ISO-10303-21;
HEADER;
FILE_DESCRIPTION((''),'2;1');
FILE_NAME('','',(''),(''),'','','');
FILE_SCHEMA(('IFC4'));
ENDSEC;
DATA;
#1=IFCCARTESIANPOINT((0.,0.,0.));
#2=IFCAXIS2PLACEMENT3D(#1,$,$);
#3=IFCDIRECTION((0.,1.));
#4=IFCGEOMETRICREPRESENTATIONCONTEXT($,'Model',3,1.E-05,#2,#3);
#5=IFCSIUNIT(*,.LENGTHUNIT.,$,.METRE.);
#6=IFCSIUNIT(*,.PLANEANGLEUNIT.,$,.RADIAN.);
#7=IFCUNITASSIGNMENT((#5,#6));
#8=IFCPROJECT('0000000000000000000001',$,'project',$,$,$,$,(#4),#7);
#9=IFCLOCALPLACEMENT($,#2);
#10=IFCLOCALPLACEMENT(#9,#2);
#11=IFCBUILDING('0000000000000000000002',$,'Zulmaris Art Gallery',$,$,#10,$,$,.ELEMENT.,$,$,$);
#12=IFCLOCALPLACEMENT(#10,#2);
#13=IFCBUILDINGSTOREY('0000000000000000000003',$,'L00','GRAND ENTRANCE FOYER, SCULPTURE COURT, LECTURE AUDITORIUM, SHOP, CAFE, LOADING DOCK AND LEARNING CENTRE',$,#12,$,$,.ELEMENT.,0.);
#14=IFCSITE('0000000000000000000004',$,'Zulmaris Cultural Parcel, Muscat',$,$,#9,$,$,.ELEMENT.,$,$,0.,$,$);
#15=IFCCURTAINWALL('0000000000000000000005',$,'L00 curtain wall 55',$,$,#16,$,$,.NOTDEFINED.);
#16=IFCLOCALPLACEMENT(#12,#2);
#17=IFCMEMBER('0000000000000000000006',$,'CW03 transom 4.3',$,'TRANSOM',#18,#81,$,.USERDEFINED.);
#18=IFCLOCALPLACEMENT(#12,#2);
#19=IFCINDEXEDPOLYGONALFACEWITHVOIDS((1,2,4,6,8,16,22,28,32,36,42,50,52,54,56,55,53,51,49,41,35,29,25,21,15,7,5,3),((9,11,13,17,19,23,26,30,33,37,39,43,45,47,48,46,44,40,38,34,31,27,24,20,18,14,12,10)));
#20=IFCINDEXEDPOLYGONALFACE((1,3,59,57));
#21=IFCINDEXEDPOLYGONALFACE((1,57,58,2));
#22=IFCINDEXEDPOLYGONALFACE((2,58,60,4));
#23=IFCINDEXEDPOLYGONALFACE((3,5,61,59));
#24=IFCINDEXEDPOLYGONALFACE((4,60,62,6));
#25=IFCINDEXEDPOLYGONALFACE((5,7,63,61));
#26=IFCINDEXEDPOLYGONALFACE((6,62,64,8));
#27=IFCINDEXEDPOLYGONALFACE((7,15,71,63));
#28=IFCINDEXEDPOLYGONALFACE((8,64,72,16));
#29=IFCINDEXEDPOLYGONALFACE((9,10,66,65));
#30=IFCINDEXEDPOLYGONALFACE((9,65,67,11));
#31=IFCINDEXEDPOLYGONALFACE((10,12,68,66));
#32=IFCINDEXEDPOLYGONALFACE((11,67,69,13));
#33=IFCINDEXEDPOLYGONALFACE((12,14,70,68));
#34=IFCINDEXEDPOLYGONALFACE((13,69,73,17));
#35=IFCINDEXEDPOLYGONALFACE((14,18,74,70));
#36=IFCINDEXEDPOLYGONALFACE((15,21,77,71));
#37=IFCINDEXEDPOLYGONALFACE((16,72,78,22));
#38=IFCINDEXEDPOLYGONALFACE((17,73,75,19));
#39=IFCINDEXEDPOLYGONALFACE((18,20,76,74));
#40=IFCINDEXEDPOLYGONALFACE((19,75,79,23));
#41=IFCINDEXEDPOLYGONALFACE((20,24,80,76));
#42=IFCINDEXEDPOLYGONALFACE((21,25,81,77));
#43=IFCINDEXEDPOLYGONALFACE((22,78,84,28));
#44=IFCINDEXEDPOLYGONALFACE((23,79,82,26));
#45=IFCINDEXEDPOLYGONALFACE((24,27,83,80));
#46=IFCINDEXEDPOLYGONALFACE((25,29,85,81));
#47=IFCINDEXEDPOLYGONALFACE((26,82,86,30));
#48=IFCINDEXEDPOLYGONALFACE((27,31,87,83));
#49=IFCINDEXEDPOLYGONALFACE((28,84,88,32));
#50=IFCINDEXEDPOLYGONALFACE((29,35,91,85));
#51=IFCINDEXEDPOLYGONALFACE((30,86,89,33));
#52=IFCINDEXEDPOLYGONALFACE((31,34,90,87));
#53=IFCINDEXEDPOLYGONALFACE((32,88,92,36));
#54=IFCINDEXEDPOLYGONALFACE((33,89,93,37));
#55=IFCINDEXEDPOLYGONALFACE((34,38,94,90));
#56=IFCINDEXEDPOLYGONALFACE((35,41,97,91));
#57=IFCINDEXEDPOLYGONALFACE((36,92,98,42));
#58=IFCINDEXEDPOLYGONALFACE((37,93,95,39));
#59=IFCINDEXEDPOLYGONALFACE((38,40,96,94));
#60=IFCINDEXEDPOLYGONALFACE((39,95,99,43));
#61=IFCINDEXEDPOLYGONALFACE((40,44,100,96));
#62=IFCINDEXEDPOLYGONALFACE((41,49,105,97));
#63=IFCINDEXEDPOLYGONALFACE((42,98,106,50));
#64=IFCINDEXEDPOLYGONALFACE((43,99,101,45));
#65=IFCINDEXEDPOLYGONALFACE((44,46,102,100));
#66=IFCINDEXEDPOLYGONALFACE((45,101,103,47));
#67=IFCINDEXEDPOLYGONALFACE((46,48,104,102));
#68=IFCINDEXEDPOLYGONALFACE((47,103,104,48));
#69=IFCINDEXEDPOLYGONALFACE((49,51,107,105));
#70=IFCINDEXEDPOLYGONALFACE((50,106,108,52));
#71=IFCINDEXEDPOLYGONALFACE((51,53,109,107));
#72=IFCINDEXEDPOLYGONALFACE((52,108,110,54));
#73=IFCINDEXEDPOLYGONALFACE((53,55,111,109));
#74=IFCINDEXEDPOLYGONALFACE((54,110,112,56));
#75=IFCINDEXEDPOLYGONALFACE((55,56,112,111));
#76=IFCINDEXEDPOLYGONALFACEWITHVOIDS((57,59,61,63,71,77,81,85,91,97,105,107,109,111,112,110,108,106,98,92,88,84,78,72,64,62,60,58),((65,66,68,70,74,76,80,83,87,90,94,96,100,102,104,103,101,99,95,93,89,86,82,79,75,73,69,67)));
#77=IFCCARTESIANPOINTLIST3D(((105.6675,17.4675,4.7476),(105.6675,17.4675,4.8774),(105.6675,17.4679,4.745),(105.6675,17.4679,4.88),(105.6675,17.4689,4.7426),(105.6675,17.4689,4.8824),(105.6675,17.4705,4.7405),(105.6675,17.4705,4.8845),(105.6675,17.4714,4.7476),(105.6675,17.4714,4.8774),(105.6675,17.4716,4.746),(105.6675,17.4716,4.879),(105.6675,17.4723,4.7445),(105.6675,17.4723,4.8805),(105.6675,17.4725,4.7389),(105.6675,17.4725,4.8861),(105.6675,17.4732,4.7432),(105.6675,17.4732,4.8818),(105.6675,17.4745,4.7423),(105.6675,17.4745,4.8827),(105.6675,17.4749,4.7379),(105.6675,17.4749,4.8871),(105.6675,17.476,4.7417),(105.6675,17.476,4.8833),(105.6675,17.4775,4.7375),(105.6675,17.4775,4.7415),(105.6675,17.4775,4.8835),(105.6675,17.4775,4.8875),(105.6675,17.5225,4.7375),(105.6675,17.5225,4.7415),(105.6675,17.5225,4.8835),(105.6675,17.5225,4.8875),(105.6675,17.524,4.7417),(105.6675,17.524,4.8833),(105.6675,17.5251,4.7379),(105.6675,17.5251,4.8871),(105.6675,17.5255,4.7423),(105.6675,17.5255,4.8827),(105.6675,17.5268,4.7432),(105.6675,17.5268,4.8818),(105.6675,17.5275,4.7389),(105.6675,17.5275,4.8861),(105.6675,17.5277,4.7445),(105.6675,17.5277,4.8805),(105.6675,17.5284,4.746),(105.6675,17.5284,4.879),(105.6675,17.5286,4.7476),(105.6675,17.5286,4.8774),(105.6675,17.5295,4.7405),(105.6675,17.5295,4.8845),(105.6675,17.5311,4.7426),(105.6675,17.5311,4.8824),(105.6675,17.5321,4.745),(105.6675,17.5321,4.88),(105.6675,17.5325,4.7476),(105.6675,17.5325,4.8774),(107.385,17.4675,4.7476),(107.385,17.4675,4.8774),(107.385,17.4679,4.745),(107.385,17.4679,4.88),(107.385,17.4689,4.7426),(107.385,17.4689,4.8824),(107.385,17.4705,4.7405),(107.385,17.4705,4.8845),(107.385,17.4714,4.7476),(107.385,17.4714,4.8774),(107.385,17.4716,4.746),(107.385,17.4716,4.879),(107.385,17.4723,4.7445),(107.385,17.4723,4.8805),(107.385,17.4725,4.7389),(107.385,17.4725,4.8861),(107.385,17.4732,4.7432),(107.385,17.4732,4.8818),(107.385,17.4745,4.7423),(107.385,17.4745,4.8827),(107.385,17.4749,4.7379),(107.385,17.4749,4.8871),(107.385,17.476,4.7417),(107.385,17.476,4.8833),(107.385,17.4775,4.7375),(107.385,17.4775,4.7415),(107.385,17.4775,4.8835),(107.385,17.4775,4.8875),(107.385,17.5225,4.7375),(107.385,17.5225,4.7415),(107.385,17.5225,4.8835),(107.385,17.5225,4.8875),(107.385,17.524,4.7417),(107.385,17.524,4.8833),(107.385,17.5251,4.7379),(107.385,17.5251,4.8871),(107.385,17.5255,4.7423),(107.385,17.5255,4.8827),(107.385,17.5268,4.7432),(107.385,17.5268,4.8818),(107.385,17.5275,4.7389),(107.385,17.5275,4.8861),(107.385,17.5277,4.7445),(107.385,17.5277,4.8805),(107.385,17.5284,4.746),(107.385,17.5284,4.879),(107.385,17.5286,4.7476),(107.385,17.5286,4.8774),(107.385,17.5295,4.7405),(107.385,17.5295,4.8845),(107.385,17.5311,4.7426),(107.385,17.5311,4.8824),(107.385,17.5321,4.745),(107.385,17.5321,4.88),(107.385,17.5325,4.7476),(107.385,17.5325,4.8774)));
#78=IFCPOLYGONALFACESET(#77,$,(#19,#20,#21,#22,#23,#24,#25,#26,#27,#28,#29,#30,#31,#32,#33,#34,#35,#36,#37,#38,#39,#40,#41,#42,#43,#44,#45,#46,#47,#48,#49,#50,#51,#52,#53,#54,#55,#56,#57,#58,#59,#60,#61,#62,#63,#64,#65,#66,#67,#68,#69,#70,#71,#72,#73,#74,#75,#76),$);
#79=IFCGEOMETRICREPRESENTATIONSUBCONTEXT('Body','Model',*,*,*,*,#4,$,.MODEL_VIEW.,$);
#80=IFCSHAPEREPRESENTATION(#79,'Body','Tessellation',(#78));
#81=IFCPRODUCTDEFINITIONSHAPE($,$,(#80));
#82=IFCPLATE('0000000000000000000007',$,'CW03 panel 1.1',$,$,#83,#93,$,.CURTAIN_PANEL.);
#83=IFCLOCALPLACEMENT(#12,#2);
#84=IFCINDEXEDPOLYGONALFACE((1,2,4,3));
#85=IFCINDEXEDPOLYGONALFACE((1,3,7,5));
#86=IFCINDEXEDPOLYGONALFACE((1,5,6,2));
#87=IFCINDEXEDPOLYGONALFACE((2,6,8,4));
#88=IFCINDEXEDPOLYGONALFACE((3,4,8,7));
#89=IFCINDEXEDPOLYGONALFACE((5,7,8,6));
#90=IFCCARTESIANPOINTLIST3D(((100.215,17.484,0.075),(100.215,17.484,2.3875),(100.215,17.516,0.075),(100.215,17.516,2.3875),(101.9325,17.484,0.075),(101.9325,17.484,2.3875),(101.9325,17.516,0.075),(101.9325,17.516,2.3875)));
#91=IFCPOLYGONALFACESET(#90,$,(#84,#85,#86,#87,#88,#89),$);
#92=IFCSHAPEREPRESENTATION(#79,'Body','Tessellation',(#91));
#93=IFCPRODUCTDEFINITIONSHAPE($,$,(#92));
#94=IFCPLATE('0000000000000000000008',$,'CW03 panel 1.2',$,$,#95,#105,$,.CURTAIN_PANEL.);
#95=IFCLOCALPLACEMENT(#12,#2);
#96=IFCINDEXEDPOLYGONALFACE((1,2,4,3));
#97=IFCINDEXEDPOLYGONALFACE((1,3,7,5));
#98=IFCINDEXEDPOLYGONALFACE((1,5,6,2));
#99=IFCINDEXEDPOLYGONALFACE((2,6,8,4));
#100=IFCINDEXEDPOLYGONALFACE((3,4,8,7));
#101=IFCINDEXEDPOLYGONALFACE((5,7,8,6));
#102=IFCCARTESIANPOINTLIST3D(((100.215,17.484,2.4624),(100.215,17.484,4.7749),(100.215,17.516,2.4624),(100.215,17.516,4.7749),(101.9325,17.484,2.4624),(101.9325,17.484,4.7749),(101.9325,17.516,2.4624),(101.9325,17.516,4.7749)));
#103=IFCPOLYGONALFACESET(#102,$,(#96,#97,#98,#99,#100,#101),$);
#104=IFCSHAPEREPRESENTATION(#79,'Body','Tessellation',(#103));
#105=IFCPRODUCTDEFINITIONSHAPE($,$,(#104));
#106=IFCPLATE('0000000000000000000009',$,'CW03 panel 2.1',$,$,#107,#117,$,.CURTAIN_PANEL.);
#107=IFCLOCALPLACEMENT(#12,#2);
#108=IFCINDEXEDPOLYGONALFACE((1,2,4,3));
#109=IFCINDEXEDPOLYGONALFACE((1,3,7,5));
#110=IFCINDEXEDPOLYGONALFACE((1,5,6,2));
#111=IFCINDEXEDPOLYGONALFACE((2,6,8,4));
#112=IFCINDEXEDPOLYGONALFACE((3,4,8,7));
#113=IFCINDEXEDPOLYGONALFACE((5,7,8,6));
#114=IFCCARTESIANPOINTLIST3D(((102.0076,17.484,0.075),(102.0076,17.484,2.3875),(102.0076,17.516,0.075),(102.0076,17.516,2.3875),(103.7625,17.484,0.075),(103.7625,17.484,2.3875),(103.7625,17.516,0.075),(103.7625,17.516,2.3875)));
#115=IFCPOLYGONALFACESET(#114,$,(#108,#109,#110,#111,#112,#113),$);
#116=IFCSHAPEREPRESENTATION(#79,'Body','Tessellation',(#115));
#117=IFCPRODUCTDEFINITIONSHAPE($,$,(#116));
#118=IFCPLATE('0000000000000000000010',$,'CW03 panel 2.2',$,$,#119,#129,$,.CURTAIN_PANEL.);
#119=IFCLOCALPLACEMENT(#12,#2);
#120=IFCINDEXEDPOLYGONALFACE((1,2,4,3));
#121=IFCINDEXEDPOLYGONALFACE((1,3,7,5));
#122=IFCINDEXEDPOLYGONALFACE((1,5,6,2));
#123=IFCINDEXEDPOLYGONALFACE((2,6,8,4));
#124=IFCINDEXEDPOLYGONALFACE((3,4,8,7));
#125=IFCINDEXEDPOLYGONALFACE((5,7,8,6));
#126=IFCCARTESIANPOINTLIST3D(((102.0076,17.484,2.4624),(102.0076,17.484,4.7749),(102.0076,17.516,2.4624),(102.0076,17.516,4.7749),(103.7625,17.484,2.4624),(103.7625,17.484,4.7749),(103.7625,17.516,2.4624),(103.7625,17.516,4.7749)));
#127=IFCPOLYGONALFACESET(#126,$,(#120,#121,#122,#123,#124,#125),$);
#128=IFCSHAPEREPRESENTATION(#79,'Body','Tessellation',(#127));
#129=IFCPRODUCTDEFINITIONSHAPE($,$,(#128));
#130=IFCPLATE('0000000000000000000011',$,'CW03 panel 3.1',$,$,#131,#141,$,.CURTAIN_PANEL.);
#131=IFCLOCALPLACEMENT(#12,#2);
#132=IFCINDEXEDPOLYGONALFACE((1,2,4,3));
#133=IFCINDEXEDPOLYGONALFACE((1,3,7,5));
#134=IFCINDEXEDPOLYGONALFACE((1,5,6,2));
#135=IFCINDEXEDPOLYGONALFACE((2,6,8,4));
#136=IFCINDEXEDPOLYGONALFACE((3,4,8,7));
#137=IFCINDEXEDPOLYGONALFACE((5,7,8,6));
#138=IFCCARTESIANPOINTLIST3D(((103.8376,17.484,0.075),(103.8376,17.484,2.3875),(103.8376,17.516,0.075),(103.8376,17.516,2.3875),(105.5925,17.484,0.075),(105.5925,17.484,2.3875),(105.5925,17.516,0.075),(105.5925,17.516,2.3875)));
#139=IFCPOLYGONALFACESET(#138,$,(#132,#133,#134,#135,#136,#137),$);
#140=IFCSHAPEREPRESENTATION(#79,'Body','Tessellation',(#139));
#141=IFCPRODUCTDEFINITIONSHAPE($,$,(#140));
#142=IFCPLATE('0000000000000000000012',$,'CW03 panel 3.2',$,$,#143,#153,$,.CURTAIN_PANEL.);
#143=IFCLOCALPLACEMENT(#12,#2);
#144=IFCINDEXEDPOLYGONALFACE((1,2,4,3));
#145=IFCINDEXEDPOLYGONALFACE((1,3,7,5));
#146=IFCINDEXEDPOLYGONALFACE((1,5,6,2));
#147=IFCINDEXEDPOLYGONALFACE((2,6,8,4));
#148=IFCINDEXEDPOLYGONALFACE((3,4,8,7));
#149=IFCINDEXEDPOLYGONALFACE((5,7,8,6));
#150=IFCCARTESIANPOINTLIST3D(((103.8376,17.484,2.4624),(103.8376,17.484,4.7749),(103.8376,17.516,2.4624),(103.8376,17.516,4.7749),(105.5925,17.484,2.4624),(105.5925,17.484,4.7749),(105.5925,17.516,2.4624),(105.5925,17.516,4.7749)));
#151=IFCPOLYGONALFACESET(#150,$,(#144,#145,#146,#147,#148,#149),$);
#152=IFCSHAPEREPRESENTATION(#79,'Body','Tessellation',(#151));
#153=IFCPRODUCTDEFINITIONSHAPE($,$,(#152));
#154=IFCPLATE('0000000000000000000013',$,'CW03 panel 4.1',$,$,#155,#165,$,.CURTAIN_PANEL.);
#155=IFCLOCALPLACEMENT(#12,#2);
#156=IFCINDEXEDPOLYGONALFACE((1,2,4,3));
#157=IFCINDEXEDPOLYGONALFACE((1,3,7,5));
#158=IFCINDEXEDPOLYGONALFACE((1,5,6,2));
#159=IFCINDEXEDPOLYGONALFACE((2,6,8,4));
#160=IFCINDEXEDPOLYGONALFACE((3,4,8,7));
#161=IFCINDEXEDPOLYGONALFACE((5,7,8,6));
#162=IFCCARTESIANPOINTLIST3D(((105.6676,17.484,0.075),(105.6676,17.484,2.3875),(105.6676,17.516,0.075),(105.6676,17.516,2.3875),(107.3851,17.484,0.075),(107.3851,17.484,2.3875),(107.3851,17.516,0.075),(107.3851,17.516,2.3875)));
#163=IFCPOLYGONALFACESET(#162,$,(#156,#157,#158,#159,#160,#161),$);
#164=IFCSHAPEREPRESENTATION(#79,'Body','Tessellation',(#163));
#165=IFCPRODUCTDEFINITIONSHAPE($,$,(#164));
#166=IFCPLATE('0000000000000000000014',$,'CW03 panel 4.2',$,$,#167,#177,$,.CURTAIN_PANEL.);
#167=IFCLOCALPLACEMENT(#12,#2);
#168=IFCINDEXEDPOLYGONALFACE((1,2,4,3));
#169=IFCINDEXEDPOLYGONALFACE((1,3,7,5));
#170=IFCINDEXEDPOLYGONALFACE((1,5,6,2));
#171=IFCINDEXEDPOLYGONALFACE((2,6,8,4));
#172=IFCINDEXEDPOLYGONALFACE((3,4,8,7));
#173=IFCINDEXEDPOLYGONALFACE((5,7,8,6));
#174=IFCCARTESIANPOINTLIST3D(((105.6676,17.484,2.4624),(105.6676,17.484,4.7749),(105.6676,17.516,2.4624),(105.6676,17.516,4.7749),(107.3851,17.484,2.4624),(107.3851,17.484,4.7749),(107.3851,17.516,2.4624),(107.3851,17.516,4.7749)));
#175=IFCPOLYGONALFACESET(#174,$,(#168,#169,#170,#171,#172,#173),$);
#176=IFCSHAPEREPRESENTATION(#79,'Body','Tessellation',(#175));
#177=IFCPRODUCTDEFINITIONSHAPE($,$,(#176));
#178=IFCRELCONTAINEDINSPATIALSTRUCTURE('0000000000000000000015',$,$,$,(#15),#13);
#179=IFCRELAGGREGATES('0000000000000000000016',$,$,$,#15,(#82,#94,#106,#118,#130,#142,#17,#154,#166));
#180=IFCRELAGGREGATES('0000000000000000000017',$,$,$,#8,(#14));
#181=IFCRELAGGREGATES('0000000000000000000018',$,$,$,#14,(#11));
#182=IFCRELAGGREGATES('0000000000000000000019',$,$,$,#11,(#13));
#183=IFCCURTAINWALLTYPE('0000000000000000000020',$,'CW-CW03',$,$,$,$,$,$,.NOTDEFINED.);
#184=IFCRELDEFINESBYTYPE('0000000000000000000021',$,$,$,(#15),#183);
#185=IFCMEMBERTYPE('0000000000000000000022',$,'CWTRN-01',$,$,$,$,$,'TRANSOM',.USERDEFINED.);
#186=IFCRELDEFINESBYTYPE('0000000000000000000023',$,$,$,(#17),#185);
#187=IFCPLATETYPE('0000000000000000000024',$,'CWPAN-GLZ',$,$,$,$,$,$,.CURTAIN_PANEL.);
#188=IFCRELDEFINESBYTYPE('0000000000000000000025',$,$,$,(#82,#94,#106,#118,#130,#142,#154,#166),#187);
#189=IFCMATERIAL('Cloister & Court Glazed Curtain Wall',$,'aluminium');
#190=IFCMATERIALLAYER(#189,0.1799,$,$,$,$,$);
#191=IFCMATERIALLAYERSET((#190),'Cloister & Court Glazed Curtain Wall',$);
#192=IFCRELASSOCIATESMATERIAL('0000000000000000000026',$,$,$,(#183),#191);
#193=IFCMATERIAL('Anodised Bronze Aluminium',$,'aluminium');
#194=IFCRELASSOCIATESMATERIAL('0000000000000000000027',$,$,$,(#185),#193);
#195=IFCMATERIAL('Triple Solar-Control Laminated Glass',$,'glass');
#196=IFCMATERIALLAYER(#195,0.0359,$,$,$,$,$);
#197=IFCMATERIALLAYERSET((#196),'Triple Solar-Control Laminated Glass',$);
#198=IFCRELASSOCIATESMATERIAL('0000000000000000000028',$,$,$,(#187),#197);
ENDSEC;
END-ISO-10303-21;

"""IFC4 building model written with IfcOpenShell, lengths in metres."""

from ifc_helpers import new_model, si_unit, direction, frame, origin, origin_2d, place, context, subcontext, project, spatial, rectangle, hollow_rectangle, extrude, material, layer, layer_set, material_profile, profile_set, type_object, element, aggregate, save


model = new_model("IFC4")

# Units and contexts
model_context = context("Model", 3, precision=1e-05, world=origin(), true_north=direction((0.0, 1.0)))
body_context = subcontext(model_context, "Body", "Model", "MODEL_VIEW")
ifc_project = project(units=[si_unit("LENGTHUNIT", "METRE"), si_unit("PLANEANGLEUNIT", "RADIAN")], contexts=[model_context])

# Site, building, storey
site_placement = place(None, origin())
site = spatial("IfcSite", under=ifc_project, at=site_placement, Name="Zulmaris Cultural Parcel, Muscat", CompositionType="ELEMENT", RefElevation=0.0)
building_placement = place(site_placement, origin())
building = spatial("IfcBuilding", under=site, at=building_placement, Name="Zulmaris Art Gallery", CompositionType="ELEMENT")
storey_placement = place(building_placement, origin())
storey = spatial("IfcBuildingStorey", under=building, at=storey_placement, Name="L00", Description="GRAND ENTRANCE FOYER, SCULPTURE COURT, LECTURE AUDITORIUM, SHOP, CAFE, LOADING DOCK AND LEARNING CENTRE", CompositionType="ELEMENT", Elevation=0.0)

# Curtain wall, member, plates
ifc_material_1 = material(Name="Cloister & Court Glazed Curtain Wall", Category="aluminium")
ifc_layer_1 = layer(ifc_material_1, 0.1799)
ifc_layer_set_1 = layer_set([ifc_layer_1], Name="Cloister & Court Glazed Curtain Wall")
curtain_wall_type = type_object("IfcCurtainWallType", Name="CW-CW03", PredefinedType="NOTDEFINED", material=ifc_layer_set_1)
curtain_wall_placement = place(storey_placement, origin())
curtain_wall = element("IfcCurtainWall", 1, at=curtain_wall_placement, inside=storey, type_object=curtain_wall_type, Name="L00 curtain wall 55", PredefinedType="NOTDEFINED")
ifc_material_2 = material(Name="Anodised Bronze Aluminium", Category="aluminium")
ifc_material_profile_1 = material_profile(ifc_material_2, hollow_rectangle(XDim=0.0649, YDim=0.1499, WallThickness=0.0039, InnerFilletRadius=0.0061, OuterFilletRadius=0.01, at=origin_2d()), Name="ALU 65x150x4")
ifc_profile_set_1 = profile_set([ifc_material_profile_1], Name="Anodised Bronze Aluminium")
member_type_1 = type_object("IfcMemberType", Name="CWTRN-01", ElementType="TRANSOM", PredefinedType="USERDEFINED", material=ifc_profile_set_1)
member_1_placement = place(storey_placement, frame((105.6675, 17.5, 4.8125), z_axis=(1.0, 0.0, 0.0), x_axis=(0.0, 1.0, 0.0)))
member_1 = element("IfcMember", 2, at=member_1_placement, type_object=member_type_1, Name="CW03 transom 4.3", ObjectType="TRANSOM", PredefinedType="USERDEFINED", context=body_context, shape_type="SweptSolid", body=[
    extrude(hollow_rectangle(XDim=0.0649, YDim=0.1499, WallThickness=0.0039, InnerFilletRadius=0.0061, OuterFilletRadius=0.01, at=origin_2d()), origin(), (0.0, 0.0, 1.0), 1.7175),
])
ifc_material_3 = material(Name="Triple Solar-Control Laminated Glass", Category="glass")
ifc_layer_2 = layer(ifc_material_3, 0.0359)
ifc_layer_set_2 = layer_set([ifc_layer_2], Name="Triple Solar-Control Laminated Glass")
plate_type = type_object("IfcPlateType", Name="CWPAN-GLZ", PredefinedType="CURTAIN_PANEL", material=ifc_layer_set_2)
plate_1_placement = place(storey_placement, frame((101.0737, 17.5, 0.075), z_axis=(0.0, 0.0, 1.0), x_axis=(1.0, 0.0, 0.0)))
plate_1 = element("IfcPlate", 3, at=plate_1_placement, type_object=plate_type, Name="CW03 panel 1.1", PredefinedType="CURTAIN_PANEL", context=body_context, shape_type="SweptSolid", body=[
    extrude(rectangle(XDim=1.7175, YDim=0.032, at=origin_2d()), origin(), (0.0, 0.0, 1.0), 2.3125),
])
plate_2_placement = place(storey_placement, frame((101.0737, 17.5, 2.4624), z_axis=(0.0, 0.0, 1.0), x_axis=(1.0, 0.0, 0.0)))
plate_2 = element("IfcPlate", 4, at=plate_2_placement, type_object=plate_type, Name="CW03 panel 1.2", PredefinedType="CURTAIN_PANEL", context=body_context, shape_type="SweptSolid", body=[
    extrude(rectangle(XDim=1.7175, YDim=0.032, at=origin_2d()), origin(), (0.0, 0.0, 1.0), 2.3125),
])
plate_3_placement = place(storey_placement, frame((102.885, 17.5, 0.075), z_axis=(0.0, 0.0, 1.0), x_axis=(1.0, 0.0, 0.0)))
plate_3 = element("IfcPlate", 5, at=plate_3_placement, type_object=plate_type, Name="CW03 panel 2.1", PredefinedType="CURTAIN_PANEL", context=body_context, shape_type="SweptSolid", body=[
    extrude(rectangle(XDim=1.7549, YDim=0.032, at=origin_2d()), origin(), (0.0, 0.0, 1.0), 2.3125),
])
plate_4_placement = place(storey_placement, frame((102.885, 17.5, 2.4624), z_axis=(0.0, 0.0, 1.0), x_axis=(1.0, 0.0, 0.0)))
plate_4 = element("IfcPlate", 6, at=plate_4_placement, type_object=plate_type, Name="CW03 panel 2.2", PredefinedType="CURTAIN_PANEL", context=body_context, shape_type="SweptSolid", body=[
    extrude(rectangle(XDim=1.7549, YDim=0.032, at=origin_2d()), origin(), (0.0, 0.0, 1.0), 2.3125),
])
plate_5_placement = place(storey_placement, frame((104.7151, 17.5, 0.075), z_axis=(0.0, 0.0, 1.0), x_axis=(1.0, 0.0, 0.0)))
plate_5 = element("IfcPlate", 7, at=plate_5_placement, type_object=plate_type, Name="CW03 panel 3.1", PredefinedType="CURTAIN_PANEL", context=body_context, shape_type="SweptSolid", body=[
    extrude(rectangle(XDim=1.7549, YDim=0.032, at=origin_2d()), origin(), (0.0, 0.0, 1.0), 2.3125),
])
plate_6_placement = place(storey_placement, frame((104.7151, 17.5, 2.4624), z_axis=(0.0, 0.0, 1.0), x_axis=(1.0, 0.0, 0.0)))
plate_6 = element("IfcPlate", 8, at=plate_6_placement, type_object=plate_type, Name="CW03 panel 3.2", PredefinedType="CURTAIN_PANEL", context=body_context, shape_type="SweptSolid", body=[
    extrude(rectangle(XDim=1.7549, YDim=0.032, at=origin_2d()), origin(), (0.0, 0.0, 1.0), 2.3125),
])
plate_7_placement = place(storey_placement, frame((106.5264, 17.5, 0.075), z_axis=(0.0, 0.0, 1.0), x_axis=(1.0, 0.0, 0.0)))
plate_7 = element("IfcPlate", 9, at=plate_7_placement, type_object=plate_type, Name="CW03 panel 4.1", PredefinedType="CURTAIN_PANEL", context=body_context, shape_type="SweptSolid", body=[
    extrude(rectangle(XDim=1.7175, YDim=0.032, at=origin_2d()), origin(), (0.0, 0.0, 1.0), 2.3125),
])
plate_8_placement = place(storey_placement, frame((106.5264, 17.5, 2.4624), z_axis=(0.0, 0.0, 1.0), x_axis=(1.0, 0.0, 0.0)))
plate_8 = element("IfcPlate", 10, at=plate_8_placement, type_object=plate_type, Name="CW03 panel 4.2", PredefinedType="CURTAIN_PANEL", context=body_context, shape_type="SweptSolid", body=[
    extrude(rectangle(XDim=1.7175, YDim=0.032, at=origin_2d()), origin(), (0.0, 0.0, 1.0), 2.3125),
])
aggregate(curtain_wall, [plate_1, plate_2, plate_3, plate_4, plate_5, plate_6, member_1, plate_7, plate_8])

save(model, "model.ifc")
